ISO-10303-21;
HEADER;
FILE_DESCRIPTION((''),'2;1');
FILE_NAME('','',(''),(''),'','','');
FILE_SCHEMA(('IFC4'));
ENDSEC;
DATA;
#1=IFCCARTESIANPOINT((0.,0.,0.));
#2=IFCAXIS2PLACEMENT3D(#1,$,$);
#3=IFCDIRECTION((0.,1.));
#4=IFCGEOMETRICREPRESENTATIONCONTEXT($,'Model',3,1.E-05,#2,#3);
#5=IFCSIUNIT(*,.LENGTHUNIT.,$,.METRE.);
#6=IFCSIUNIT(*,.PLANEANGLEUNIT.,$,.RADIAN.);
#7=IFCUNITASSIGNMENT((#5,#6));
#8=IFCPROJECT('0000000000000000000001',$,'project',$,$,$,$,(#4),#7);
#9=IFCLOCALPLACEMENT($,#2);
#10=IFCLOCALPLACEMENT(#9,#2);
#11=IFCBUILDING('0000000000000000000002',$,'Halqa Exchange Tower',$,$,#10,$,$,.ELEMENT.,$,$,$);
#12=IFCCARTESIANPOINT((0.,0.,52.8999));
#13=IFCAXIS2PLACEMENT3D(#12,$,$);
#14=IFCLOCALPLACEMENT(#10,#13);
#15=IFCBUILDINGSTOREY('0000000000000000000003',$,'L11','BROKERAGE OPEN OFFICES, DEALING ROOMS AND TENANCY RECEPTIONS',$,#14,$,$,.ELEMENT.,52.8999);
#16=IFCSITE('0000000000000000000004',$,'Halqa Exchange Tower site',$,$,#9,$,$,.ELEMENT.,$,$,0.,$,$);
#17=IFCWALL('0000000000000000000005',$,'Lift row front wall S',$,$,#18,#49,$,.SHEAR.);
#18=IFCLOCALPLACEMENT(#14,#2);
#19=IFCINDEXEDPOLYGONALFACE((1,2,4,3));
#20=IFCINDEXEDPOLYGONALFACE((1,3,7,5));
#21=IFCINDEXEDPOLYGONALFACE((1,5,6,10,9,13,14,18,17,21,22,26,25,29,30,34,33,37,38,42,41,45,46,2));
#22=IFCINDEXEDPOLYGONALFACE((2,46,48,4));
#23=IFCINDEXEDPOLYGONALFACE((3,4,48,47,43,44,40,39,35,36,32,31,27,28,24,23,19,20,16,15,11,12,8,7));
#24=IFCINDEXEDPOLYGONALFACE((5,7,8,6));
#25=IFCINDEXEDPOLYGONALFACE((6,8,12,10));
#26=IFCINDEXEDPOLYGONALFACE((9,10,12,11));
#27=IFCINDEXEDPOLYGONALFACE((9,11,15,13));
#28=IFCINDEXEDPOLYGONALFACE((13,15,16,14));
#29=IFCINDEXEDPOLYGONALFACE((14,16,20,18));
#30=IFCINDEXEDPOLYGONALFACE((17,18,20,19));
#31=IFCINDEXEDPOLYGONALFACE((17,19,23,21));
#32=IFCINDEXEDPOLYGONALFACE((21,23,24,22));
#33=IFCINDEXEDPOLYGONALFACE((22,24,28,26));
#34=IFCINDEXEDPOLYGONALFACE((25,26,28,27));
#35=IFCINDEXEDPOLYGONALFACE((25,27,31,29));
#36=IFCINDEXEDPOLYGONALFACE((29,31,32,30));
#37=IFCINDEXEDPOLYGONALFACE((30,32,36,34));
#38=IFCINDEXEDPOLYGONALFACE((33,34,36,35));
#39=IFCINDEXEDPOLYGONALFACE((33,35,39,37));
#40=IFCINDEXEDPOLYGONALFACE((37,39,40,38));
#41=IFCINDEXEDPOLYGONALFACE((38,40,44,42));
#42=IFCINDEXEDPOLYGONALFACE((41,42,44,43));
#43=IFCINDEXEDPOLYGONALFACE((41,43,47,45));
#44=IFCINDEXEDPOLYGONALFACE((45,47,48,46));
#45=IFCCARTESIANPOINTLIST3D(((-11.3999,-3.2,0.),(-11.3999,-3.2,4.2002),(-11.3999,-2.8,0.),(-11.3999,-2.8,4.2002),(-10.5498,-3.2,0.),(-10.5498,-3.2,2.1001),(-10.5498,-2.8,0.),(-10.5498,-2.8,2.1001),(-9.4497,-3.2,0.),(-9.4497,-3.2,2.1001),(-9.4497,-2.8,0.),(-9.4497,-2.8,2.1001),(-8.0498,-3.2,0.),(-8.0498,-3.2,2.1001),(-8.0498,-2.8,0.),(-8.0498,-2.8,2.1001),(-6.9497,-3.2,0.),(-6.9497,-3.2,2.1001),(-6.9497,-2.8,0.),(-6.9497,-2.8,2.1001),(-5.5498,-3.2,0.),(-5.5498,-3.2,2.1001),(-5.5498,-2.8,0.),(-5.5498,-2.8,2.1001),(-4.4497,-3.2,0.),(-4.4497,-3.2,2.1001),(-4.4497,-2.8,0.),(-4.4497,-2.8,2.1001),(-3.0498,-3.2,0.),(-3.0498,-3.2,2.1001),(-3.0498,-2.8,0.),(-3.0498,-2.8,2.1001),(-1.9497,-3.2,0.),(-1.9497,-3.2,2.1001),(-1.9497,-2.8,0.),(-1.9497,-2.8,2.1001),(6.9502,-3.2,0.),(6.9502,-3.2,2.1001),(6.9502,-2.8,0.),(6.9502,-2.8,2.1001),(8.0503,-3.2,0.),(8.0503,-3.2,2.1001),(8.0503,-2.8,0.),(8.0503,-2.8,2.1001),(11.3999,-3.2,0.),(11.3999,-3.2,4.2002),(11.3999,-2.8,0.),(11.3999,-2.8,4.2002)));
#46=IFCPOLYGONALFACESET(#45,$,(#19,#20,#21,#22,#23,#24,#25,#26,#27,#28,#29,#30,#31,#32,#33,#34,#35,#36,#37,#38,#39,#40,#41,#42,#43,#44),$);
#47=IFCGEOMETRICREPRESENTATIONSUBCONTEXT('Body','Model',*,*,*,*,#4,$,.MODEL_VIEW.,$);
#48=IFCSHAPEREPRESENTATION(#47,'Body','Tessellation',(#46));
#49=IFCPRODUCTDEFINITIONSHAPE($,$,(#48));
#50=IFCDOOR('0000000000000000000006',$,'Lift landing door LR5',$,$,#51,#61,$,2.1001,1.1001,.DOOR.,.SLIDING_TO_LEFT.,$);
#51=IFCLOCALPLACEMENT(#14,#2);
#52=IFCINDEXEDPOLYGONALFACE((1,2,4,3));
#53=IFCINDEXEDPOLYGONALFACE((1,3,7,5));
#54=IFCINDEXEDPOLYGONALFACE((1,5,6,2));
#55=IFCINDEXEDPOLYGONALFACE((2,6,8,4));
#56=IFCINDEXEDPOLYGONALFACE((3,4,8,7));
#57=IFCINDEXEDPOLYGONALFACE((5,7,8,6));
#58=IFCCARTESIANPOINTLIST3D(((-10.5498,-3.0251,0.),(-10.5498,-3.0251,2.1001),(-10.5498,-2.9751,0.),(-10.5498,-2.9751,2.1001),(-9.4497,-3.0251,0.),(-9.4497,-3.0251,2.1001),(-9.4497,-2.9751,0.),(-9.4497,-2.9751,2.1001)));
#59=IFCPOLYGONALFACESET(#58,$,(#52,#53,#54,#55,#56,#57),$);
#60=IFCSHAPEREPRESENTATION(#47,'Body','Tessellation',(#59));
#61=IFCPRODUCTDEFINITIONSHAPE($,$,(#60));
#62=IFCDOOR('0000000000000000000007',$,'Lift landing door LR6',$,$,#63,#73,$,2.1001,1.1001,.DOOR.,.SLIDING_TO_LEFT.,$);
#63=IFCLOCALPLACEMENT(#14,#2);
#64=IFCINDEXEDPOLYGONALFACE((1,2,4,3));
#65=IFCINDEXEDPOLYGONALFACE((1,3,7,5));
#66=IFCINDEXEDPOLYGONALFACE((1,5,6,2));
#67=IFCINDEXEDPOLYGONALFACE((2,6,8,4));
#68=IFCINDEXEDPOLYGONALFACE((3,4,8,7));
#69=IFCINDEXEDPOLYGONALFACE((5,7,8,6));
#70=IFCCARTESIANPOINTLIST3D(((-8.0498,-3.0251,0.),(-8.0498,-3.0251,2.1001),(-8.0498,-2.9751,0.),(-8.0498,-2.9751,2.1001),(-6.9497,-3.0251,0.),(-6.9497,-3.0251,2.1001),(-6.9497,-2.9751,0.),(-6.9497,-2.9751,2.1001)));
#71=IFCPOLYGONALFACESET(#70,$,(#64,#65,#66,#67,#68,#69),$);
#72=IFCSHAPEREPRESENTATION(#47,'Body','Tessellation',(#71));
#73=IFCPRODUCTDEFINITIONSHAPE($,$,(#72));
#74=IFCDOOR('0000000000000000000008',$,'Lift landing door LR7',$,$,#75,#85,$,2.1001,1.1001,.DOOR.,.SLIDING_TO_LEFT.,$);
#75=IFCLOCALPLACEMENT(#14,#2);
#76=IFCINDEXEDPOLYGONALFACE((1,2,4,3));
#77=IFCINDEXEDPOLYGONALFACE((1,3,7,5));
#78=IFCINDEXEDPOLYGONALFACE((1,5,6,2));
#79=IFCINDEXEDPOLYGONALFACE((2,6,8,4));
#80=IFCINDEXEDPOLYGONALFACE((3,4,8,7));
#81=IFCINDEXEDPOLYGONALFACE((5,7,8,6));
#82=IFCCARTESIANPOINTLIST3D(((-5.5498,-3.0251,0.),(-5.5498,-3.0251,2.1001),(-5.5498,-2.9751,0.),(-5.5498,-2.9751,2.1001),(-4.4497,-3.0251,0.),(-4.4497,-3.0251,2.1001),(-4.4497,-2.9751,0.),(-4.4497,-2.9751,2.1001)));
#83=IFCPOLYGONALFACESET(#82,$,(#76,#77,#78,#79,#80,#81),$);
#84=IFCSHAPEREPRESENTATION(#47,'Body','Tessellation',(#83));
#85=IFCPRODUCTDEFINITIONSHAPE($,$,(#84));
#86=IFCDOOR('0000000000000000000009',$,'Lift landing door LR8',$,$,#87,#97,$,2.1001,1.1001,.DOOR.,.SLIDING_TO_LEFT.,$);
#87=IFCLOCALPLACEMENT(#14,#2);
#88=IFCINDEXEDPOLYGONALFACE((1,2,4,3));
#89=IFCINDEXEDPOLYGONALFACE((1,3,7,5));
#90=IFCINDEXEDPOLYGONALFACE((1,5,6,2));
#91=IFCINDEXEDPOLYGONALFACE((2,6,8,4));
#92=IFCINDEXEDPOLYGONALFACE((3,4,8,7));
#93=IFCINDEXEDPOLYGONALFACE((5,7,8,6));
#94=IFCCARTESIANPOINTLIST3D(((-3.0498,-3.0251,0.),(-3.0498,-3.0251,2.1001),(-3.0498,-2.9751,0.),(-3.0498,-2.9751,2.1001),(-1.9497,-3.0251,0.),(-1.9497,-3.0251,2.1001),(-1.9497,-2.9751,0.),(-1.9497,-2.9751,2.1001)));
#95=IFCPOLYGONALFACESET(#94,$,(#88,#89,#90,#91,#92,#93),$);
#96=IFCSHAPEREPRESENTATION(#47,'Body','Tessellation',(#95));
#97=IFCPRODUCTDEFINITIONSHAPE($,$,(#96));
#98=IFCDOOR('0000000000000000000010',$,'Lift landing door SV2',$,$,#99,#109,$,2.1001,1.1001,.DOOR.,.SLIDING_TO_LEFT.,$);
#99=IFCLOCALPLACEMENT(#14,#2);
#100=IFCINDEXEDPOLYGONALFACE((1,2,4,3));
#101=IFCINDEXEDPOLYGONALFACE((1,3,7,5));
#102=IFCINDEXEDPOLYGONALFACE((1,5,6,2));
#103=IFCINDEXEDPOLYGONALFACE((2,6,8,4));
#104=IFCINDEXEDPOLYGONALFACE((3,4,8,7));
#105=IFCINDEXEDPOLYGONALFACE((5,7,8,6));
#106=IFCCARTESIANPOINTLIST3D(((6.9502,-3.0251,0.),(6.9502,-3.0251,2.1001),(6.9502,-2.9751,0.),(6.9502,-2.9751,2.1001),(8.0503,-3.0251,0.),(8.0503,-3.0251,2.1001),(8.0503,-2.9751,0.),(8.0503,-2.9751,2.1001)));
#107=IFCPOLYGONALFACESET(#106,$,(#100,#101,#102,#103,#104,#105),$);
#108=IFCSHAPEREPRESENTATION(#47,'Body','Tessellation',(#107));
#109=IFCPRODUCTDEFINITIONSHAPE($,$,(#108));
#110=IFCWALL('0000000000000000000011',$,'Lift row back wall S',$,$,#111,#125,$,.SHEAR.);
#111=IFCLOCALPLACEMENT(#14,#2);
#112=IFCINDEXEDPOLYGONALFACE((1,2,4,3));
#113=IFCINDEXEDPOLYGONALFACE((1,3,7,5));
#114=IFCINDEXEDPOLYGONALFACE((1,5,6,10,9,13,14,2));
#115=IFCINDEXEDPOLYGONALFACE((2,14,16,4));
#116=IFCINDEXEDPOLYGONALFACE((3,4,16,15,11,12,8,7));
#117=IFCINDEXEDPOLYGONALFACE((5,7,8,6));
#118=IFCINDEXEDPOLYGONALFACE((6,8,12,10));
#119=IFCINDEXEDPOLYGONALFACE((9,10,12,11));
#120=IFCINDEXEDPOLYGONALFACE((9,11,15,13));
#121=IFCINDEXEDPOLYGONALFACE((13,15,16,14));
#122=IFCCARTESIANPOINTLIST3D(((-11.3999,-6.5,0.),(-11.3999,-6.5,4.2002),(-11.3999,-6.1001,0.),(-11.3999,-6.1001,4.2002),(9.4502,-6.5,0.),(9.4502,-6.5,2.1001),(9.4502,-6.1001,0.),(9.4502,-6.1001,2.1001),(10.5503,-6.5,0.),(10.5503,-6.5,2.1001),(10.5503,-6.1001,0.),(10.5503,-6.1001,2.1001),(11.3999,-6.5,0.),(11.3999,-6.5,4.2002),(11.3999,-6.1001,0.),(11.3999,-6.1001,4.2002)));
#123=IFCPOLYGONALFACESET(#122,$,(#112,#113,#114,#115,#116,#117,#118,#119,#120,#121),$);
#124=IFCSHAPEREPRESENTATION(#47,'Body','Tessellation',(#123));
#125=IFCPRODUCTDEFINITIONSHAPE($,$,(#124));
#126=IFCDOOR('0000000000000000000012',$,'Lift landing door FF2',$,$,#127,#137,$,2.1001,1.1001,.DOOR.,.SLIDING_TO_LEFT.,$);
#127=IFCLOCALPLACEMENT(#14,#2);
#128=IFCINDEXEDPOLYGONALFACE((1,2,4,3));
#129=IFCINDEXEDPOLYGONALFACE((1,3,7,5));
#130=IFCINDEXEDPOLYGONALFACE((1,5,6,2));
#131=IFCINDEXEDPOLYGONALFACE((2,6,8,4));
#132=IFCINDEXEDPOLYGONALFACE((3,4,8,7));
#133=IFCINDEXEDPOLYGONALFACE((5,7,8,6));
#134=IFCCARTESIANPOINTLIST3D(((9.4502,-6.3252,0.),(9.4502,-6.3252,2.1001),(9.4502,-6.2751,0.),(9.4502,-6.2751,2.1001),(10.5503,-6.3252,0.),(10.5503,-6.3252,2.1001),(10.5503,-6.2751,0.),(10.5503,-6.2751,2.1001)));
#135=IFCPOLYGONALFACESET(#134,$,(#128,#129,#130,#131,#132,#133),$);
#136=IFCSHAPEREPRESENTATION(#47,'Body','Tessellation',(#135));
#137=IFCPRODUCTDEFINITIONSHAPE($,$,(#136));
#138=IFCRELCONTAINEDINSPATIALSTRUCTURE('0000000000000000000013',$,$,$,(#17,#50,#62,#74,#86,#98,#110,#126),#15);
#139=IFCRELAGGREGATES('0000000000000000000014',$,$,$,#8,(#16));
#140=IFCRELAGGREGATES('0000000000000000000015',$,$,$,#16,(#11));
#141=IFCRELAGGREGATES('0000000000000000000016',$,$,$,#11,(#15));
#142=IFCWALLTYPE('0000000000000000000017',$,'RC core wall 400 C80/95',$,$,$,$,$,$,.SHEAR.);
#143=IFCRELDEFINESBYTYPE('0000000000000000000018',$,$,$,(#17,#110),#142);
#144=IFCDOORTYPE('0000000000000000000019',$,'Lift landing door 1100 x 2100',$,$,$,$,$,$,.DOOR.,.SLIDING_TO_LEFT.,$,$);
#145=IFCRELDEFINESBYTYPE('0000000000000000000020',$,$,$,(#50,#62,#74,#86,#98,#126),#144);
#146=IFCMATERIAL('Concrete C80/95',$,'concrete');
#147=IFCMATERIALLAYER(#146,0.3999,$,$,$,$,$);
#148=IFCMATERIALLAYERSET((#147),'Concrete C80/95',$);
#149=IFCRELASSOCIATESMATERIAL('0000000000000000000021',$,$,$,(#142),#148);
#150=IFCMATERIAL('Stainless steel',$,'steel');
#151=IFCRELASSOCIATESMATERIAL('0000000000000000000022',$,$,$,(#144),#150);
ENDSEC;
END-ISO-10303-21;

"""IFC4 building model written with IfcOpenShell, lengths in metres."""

from ifc_helpers import new_model, si_unit, direction, frame, frame_2d, origin, place, context, subcontext, project, spatial, rectangle, extrude, material, layer, layer_set, type_object, element, fill, save


model = new_model("IFC4")

# Units and contexts
model_context = context("Model", 3, precision=1e-05, world=origin(), true_north=direction((0.0, 1.0)))
body_context = subcontext(model_context, "Body", "Model", "MODEL_VIEW")
ifc_project = project(units=[si_unit("LENGTHUNIT", "METRE"), si_unit("PLANEANGLEUNIT", "RADIAN")], contexts=[model_context])

# Site, building, storey
site_placement = place(None, origin())
site = spatial("IfcSite", under=ifc_project, at=site_placement, Name="Halqa Exchange Tower site", CompositionType="ELEMENT", RefElevation=0.0)
building_placement = place(site_placement, origin())
building = spatial("IfcBuilding", under=site, at=building_placement, Name="Halqa Exchange Tower", CompositionType="ELEMENT")
storey_placement = place(building_placement, frame((0.0, 0.0, 52.8999)))
storey = spatial("IfcBuildingStorey", under=building, at=storey_placement, Name="L11", Description="BROKERAGE OPEN OFFICES, DEALING ROOMS AND TENANCY RECEPTIONS", CompositionType="ELEMENT", Elevation=52.8999)

# Wall, openings, doors
ifc_material_1 = material(Name="Concrete C80/95", Category="concrete")
ifc_layer_1 = layer(ifc_material_1, 0.3999)
ifc_layer_set_1 = layer_set([ifc_layer_1], Name="Concrete C80/95")
wall_type_1 = type_object("IfcWallType", Name="RC core wall 400 C80/95", PredefinedType="SHEAR", material=ifc_layer_set_1)
wall_1_placement = place(storey_placement, frame((-11.3999, -3.0, 0.0), z_axis=(0.0, 0.0, 1.0), x_axis=(1.0, 0.0, 0.0)))
wall_1 = element("IfcWall", 1, at=wall_1_placement, inside=storey, type_object=wall_type_1, Name="Lift row front wall S", PredefinedType="SHEAR", context=body_context, shape_type="SweptSolid", body=[
    extrude(rectangle(XDim=22.7998, YDim=0.3999, at=frame_2d((11.3999, 0.0))), origin(), (0.0, 0.0, 1.0), 4.2002),
])
opening_1_placement = place(wall_1_placement, frame((0.8501, 0.0, 0.0)))
opening_1 = element("IfcOpeningElement", 2, at=opening_1_placement, cuts=wall_1, PredefinedType="OPENING", context=body_context, shape_type="SweptSolid", body=[
    extrude(rectangle(XDim=1.1001, YDim=2.1001, at=frame_2d((0.55, 1.05))), frame((0.0, 0.2119, 0.0), z_axis=(0.0, -1.0, 0.0), x_axis=(1.0, 0.0, 0.0)), (0.0, 0.0, 1.0), 0.4238),
])
opening_2_placement = place(wall_1_placement, frame((3.3501, 0.0, 0.0)))
opening_2 = element("IfcOpeningElement", 3, at=opening_2_placement, cuts=wall_1, PredefinedType="OPENING", context=body_context, shape_type="SweptSolid", body=[
    extrude(rectangle(XDim=1.1001, YDim=2.1001, at=frame_2d((0.55, 1.05))), frame((0.0, 0.2119, 0.0), z_axis=(0.0, -1.0, 0.0), x_axis=(1.0, 0.0, 0.0)), (0.0, 0.0, 1.0), 0.4238),
])
opening_3_placement = place(wall_1_placement, frame((5.8501, 0.0, 0.0)))
opening_3 = element("IfcOpeningElement", 4, at=opening_3_placement, cuts=wall_1, PredefinedType="OPENING", context=body_context, shape_type="SweptSolid", body=[
    extrude(rectangle(XDim=1.1001, YDim=2.1001, at=frame_2d((0.55, 1.05))), frame((0.0, 0.2119, 0.0), z_axis=(0.0, -1.0, 0.0), x_axis=(1.0, 0.0, 0.0)), (0.0, 0.0, 1.0), 0.4238),
])
opening_4_placement = place(wall_1_placement, frame((8.3501, 0.0, 0.0)))
opening_4 = element("IfcOpeningElement", 5, at=opening_4_placement, cuts=wall_1, PredefinedType="OPENING", context=body_context, shape_type="SweptSolid", body=[
    extrude(rectangle(XDim=1.1001, YDim=2.1001, at=frame_2d((0.55, 1.05))), frame((0.0, 0.2119, 0.0), z_axis=(0.0, -1.0, 0.0), x_axis=(1.0, 0.0, 0.0)), (0.0, 0.0, 1.0), 0.4238),
])
opening_5_placement = place(wall_1_placement, frame((18.3501, 0.0, 0.0)))
opening_5 = element("IfcOpeningElement", 6, at=opening_5_placement, cuts=wall_1, PredefinedType="OPENING", context=body_context, shape_type="SweptSolid", body=[
    extrude(rectangle(XDim=1.1001, YDim=2.1001, at=frame_2d((0.55, 1.05))), frame((0.0, 0.2119, 0.0), z_axis=(0.0, -1.0, 0.0), x_axis=(1.0, 0.0, 0.0)), (0.0, 0.0, 1.0), 0.4238),
])
ifc_material_2 = material(Name="Stainless steel", Category="steel")
door_type = type_object("IfcDoorType", Name="Lift landing door 1100 x 2100", OperationType="SLIDING_TO_LEFT", PredefinedType="DOOR", material=ifc_material_2)
door_1_placement = place(opening_1_placement, origin())
door_1 = element("IfcDoor", 7, at=door_1_placement, inside=storey, type_object=door_type, Name="Lift landing door LR5", OperationType="SLIDING_TO_LEFT", OverallHeight=2.1001, OverallWidth=1.1001, PredefinedType="DOOR", context=body_context, shape_type="SweptSolid", body=[
    extrude(rectangle(XDim=1.1001, YDim=2.1001, at=frame_2d((0.55, 1.05))), frame((0.0, 0.0249, 0.0), z_axis=(0.0, -1.0, 0.0), x_axis=(1.0, 0.0, 0.0)), (0.0, 0.0, 1.0), 0.05),
])
fill(opening_1, door_1)
door_2_placement = place(opening_2_placement, origin())
door_2 = element("IfcDoor", 8, at=door_2_placement, inside=storey, type_object=door_type, Name="Lift landing door LR6", OperationType="SLIDING_TO_LEFT", OverallHeight=2.1001, OverallWidth=1.1001, PredefinedType="DOOR", context=body_context, shape_type="SweptSolid", body=[
    extrude(rectangle(XDim=1.1001, YDim=2.1001, at=frame_2d((0.55, 1.05))), frame((0.0, 0.0249, 0.0), z_axis=(0.0, -1.0, 0.0), x_axis=(1.0, 0.0, 0.0)), (0.0, 0.0, 1.0), 0.05),
])
fill(opening_2, door_2)
door_3_placement = place(opening_3_placement, origin())
door_3 = element("IfcDoor", 9, at=door_3_placement, inside=storey, type_object=door_type, Name="Lift landing door LR7", OperationType="SLIDING_TO_LEFT", OverallHeight=2.1001, OverallWidth=1.1001, PredefinedType="DOOR", context=body_context, shape_type="SweptSolid", body=[
    extrude(rectangle(XDim=1.1001, YDim=2.1001, at=frame_2d((0.55, 1.05))), frame((0.0, 0.0249, 0.0), z_axis=(0.0, -1.0, 0.0), x_axis=(1.0, 0.0, 0.0)), (0.0, 0.0, 1.0), 0.05),
])
fill(opening_3, door_3)
door_4_placement = place(opening_4_placement, origin())
door_4 = element("IfcDoor", 10, at=door_4_placement, inside=storey, type_object=door_type, Name="Lift landing door LR8", OperationType="SLIDING_TO_LEFT", OverallHeight=2.1001, OverallWidth=1.1001, PredefinedType="DOOR", context=body_context, shape_type="SweptSolid", body=[
    extrude(rectangle(XDim=1.1001, YDim=2.1001, at=frame_2d((0.55, 1.05))), frame((0.0, 0.0249, 0.0), z_axis=(0.0, -1.0, 0.0), x_axis=(1.0, 0.0, 0.0)), (0.0, 0.0, 1.0), 0.05),
])
fill(opening_4, door_4)
door_5_placement = place(opening_5_placement, origin())
door_5 = element("IfcDoor", 11, at=door_5_placement, inside=storey, type_object=door_type, Name="Lift landing door SV2", OperationType="SLIDING_TO_LEFT", OverallHeight=2.1001, OverallWidth=1.1001, PredefinedType="DOOR", context=body_context, shape_type="SweptSolid", body=[
    extrude(rectangle(XDim=1.1001, YDim=2.1001, at=frame_2d((0.55, 1.05))), frame((0.0, 0.0249, 0.0), z_axis=(0.0, -1.0, 0.0), x_axis=(1.0, 0.0, 0.0)), (0.0, 0.0, 1.0), 0.05),
])
fill(opening_5, door_5)

# Wall, opening, door
wall_2_placement = place(storey_placement, frame((-11.3999, -6.3, 0.0), z_axis=(0.0, 0.0, 1.0), x_axis=(1.0, 0.0, 0.0)))
wall_2 = element("IfcWall", 12, at=wall_2_placement, inside=storey, type_object=wall_type_1, Name="Lift row back wall S", PredefinedType="SHEAR", context=body_context, shape_type="SweptSolid", body=[
    extrude(rectangle(XDim=22.7998, YDim=0.3999, at=frame_2d((11.3999, 0.0))), origin(), (0.0, 0.0, 1.0), 4.2002),
])
opening_6_placement = place(wall_2_placement, frame((20.8501, 0.0, 0.0)))
opening_6 = element("IfcOpeningElement", 13, at=opening_6_placement, cuts=wall_2, PredefinedType="OPENING", context=body_context, shape_type="SweptSolid", body=[
    extrude(rectangle(XDim=1.1001, YDim=2.1001, at=frame_2d((0.55, 1.05))), frame((0.0, 0.2119, 0.0), z_axis=(0.0, -1.0, 0.0), x_axis=(1.0, 0.0, 0.0)), (0.0, 0.0, 1.0), 0.4238),
])
door_6_placement = place(opening_6_placement, origin())
door_6 = element("IfcDoor", 14, at=door_6_placement, inside=storey, type_object=door_type, Name="Lift landing door FF2", OperationType="SLIDING_TO_LEFT", OverallHeight=2.1001, OverallWidth=1.1001, PredefinedType="DOOR", context=body_context, shape_type="SweptSolid", body=[
    extrude(rectangle(XDim=1.1001, YDim=2.1001, at=frame_2d((0.55, 1.05))), frame((0.0, 0.0249, 0.0), z_axis=(0.0, -1.0, 0.0), x_axis=(1.0, 0.0, 0.0)), (0.0, 0.0, 1.0), 0.05),
])
fill(opening_6, door_6)

save(model, "model.ifc")
